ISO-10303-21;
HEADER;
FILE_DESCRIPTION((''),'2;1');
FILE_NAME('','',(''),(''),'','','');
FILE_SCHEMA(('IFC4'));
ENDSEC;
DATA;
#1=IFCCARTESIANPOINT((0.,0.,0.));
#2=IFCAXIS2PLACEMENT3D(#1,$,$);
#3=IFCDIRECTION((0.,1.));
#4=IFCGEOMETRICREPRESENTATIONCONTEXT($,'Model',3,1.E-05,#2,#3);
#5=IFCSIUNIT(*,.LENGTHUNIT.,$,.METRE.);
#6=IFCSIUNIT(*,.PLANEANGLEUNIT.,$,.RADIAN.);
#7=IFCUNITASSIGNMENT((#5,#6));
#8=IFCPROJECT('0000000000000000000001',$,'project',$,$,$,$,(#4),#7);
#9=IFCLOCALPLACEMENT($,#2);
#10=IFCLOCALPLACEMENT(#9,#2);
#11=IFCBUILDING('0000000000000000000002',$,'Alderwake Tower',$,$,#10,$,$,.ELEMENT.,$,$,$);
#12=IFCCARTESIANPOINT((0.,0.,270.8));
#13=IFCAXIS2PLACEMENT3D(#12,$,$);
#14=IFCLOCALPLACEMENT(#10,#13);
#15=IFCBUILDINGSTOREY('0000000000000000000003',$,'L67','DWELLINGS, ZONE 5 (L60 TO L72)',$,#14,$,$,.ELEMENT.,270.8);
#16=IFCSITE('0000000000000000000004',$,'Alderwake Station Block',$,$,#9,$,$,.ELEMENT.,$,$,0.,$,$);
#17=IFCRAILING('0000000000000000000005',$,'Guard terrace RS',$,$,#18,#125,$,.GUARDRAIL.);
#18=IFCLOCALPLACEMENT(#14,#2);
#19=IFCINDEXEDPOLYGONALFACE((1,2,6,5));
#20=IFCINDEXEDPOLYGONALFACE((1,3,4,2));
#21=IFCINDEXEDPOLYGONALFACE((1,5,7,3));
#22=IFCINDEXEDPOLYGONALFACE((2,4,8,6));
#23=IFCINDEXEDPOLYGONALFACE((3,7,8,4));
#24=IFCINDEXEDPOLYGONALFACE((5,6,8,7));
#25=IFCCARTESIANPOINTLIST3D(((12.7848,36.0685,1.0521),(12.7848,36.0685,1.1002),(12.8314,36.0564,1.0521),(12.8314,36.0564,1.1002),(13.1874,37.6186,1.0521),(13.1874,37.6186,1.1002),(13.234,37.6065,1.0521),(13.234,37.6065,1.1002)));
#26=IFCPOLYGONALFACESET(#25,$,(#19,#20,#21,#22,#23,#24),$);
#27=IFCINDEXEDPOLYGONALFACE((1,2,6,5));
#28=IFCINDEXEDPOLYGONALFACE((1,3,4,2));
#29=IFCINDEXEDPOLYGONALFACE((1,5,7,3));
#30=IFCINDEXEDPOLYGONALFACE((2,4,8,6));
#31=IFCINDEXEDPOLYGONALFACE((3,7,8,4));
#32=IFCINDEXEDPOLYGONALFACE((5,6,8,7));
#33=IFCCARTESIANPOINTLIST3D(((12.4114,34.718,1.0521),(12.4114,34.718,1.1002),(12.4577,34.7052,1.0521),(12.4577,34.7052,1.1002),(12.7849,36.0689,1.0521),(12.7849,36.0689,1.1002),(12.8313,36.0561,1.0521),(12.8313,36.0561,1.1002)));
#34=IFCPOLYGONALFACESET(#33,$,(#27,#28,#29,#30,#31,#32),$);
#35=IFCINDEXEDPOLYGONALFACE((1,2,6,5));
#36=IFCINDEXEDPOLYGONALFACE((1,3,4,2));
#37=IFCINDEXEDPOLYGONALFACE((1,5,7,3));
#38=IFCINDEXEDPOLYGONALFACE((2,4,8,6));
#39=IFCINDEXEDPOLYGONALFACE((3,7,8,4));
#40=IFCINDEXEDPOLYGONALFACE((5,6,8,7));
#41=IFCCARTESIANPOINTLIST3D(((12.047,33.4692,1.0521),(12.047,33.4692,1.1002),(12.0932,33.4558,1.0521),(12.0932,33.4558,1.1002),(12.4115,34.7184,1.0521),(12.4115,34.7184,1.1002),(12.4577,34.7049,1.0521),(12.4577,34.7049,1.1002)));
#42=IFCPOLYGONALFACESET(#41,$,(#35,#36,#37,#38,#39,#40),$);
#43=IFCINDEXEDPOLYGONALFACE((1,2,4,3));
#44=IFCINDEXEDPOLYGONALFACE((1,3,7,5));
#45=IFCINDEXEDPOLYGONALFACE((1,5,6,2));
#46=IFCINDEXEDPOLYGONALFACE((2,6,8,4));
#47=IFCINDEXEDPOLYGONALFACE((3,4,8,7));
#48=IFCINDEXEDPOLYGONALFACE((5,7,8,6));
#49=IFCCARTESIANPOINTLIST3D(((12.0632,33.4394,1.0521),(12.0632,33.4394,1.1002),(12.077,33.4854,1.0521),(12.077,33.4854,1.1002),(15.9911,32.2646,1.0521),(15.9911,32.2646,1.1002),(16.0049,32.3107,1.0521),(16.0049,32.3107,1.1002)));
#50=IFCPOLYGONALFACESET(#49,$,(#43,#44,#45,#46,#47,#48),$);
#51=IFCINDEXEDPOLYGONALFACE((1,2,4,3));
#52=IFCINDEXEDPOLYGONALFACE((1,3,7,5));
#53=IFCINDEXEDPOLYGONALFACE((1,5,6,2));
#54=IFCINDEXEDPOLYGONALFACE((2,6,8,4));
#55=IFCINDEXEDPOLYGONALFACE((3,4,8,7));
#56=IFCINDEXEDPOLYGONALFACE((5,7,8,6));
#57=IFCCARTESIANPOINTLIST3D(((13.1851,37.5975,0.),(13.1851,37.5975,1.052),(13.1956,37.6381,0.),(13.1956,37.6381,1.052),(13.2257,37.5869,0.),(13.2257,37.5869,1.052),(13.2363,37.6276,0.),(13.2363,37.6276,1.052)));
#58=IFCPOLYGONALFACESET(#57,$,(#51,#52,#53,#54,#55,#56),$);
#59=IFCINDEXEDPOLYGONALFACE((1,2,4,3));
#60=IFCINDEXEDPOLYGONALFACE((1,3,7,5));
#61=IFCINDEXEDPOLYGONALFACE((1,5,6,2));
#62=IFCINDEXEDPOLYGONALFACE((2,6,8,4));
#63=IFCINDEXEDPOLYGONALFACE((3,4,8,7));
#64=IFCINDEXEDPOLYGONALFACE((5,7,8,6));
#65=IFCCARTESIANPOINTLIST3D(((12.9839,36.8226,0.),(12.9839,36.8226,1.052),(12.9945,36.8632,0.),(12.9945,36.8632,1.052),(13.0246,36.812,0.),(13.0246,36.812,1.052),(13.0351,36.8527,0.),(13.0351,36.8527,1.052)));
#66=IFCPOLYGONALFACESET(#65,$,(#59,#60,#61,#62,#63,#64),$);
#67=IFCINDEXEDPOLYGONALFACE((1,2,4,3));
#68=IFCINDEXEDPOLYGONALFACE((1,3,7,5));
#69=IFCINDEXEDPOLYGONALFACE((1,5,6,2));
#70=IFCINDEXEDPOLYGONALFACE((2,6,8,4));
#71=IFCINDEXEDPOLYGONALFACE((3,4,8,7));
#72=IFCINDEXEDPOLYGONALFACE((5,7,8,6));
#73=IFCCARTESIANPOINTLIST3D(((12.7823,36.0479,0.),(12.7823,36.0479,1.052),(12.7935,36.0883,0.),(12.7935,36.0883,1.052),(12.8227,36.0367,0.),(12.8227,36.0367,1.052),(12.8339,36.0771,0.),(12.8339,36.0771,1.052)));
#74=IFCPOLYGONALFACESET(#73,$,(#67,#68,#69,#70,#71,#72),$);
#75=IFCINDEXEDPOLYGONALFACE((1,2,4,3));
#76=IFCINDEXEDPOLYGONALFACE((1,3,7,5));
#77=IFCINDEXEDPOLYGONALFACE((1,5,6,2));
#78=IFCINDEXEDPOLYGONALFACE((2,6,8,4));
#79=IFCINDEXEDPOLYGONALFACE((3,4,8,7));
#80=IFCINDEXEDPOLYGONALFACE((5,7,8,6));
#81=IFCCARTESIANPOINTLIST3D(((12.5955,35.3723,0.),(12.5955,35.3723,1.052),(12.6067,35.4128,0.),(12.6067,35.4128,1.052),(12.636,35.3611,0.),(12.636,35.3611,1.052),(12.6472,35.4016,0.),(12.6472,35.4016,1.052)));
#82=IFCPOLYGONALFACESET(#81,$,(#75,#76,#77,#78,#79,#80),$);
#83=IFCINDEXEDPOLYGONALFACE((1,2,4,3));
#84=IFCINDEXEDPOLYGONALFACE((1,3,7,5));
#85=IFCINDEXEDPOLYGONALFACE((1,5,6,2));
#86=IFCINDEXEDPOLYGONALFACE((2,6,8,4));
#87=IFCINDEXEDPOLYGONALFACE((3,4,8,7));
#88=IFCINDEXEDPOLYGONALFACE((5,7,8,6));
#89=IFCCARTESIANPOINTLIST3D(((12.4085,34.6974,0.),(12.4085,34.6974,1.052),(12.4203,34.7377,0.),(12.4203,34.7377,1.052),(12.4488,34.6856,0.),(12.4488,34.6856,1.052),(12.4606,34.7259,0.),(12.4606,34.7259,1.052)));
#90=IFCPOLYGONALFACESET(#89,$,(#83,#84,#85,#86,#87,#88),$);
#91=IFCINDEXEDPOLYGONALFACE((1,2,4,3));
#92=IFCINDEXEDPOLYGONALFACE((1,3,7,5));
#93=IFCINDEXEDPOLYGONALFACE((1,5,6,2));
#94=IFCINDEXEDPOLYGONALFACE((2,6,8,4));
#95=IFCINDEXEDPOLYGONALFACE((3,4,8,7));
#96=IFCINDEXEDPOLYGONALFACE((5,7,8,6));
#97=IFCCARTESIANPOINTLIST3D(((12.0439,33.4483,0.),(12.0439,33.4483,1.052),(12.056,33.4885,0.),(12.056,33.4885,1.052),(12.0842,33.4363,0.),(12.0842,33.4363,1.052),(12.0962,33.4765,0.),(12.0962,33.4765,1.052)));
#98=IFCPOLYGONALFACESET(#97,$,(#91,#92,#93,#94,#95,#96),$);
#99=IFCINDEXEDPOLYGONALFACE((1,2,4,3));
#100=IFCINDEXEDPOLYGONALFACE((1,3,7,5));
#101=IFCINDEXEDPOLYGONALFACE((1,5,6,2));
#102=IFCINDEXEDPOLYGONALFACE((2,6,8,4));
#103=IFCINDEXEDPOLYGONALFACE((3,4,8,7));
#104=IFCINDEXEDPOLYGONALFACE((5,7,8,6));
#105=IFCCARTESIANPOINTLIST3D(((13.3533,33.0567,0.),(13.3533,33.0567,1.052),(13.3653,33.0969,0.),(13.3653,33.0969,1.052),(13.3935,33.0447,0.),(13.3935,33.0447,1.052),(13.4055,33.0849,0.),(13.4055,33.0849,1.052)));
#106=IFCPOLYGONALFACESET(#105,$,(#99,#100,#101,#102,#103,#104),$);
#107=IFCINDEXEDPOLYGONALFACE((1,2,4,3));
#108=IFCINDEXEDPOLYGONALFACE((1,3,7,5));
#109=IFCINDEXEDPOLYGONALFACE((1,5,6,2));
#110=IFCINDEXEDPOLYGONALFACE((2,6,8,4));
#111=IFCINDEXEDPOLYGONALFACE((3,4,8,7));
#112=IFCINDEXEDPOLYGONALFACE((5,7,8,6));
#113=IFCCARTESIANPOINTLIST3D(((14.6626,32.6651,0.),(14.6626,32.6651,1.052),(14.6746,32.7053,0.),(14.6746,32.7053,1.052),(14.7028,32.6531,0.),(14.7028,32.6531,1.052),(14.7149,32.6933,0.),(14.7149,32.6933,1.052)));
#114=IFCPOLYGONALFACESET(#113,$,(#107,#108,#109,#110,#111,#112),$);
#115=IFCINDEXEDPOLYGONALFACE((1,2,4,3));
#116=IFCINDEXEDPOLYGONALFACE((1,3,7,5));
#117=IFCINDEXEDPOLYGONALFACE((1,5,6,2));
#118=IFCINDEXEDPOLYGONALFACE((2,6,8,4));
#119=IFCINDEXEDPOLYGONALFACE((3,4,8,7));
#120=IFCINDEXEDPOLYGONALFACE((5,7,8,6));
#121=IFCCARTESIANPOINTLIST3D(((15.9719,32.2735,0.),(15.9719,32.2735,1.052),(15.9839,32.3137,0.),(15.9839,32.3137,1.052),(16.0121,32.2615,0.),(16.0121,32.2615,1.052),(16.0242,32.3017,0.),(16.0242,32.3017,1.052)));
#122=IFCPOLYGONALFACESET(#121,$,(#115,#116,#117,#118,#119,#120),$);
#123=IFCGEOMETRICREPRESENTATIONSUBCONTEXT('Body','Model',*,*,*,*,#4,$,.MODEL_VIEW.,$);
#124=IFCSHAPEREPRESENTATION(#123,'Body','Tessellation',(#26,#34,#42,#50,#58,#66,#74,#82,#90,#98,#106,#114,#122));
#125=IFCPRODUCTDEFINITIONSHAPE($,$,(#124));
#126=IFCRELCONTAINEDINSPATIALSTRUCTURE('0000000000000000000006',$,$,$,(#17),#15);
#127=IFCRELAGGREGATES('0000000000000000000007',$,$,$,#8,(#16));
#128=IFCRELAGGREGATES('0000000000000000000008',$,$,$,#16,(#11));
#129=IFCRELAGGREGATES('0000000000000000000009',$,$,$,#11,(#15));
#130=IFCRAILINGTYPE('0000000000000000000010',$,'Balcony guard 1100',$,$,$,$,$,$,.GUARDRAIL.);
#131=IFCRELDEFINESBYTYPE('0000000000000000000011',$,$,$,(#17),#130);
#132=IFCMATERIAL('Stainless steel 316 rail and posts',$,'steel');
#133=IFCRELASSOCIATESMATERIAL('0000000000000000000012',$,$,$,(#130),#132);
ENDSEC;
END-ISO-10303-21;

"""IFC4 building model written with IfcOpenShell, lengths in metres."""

from ifc_helpers import new_model, si_unit, direction, frame, origin, origin_2d, place, context, subcontext, project, spatial, rectangle, extrude, material, type_object, element, save


model = new_model("IFC4")

# Units and contexts
model_context = context("Model", 3, precision=1e-05, world=origin(), true_north=direction((0.0, 1.0)))
body_context = subcontext(model_context, "Body", "Model", "MODEL_VIEW")
ifc_project = project(units=[si_unit("LENGTHUNIT", "METRE"), si_unit("PLANEANGLEUNIT", "RADIAN")], contexts=[model_context])

# Site, building, storey
site_placement = place(None, origin())
site = spatial("IfcSite", under=ifc_project, at=site_placement, Name="Alderwake Station Block", CompositionType="ELEMENT", RefElevation=0.0)
building_placement = place(site_placement, origin())
building = spatial("IfcBuilding", under=site, at=building_placement, Name="Alderwake Tower", CompositionType="ELEMENT")
storey_placement = place(building_placement, frame((0.0, 0.0, 270.8)))
storey = spatial("IfcBuildingStorey", under=building, at=storey_placement, Name="L67", Description="DWELLINGS, ZONE 5 (L60 TO L72)", CompositionType="ELEMENT", Elevation=270.8)

# Railing
ifc_material_1 = material(Name="Stainless steel 316 rail and posts", Category="steel")
railing_type = type_object("IfcRailingType", Name="Balcony guard 1100", PredefinedType="GUARDRAIL", material=ifc_material_1)
railing_placement = place(storey_placement, frame((13.2107, 37.6125, 0.0)))
element("IfcRailing", 1, at=railing_placement, inside=storey, type_object=railing_type, Name="Guard terrace RS", PredefinedType="GUARDRAIL", context=body_context, shape_type="SweptSolid", body=[
    extrude(rectangle(XDim=0.0481, YDim=0.0481, at=origin_2d()), frame((0.0, 0.0, 1.0762), z_axis=(-0.251385, -0.967887, 0.0), x_axis=(0.967887, -0.251385, 0.0)), (0.0, 0.0, 1.0), 1.6016),
    extrude(rectangle(XDim=0.0481, YDim=0.0481, at=origin_2d()), frame((-0.4026, -1.55, 1.0762), z_axis=(-0.266521, -0.963829, 0.0), x_axis=(0.963829, -0.266521, 0.0)), (0.0, 0.0, 1.0), 1.4016),
    extrude(rectangle(XDim=0.0481, YDim=0.0481, at=origin_2d()), frame((-0.7761, -2.9009, 1.0762), z_axis=(-0.280094, -0.959973, 0.0), x_axis=(0.959973, -0.280094, 0.0)), (0.0, 0.0, 1.0), 1.3013),
    extrude(rectangle(XDim=0.0481, YDim=0.0481, at=origin_2d()), frame((-1.1406, -4.1501, 1.0762), z_axis=(0.958067, -0.286545, 0.0), x_axis=(0.286545, 0.958067, 0.0)), (0.0, 0.0, 1.0), 4.0999),
    extrude(rectangle(XDim=0.042, YDim=0.042, at=origin_2d()), frame((0.0, 0.0, 0.0), z_axis=(0.0, 0.0, 1.0), x_axis=(-0.251385, -0.967887, 0.0)), (0.0, 0.0, 1.0), 1.052),
    extrude(rectangle(XDim=0.042, YDim=0.042, at=origin_2d()), frame((-0.2012, -0.7749, 0.0), z_axis=(0.0, 0.0, 1.0), x_axis=(-0.251385, -0.967887, 0.0)), (0.0, 0.0, 1.0), 1.052),
    extrude(rectangle(XDim=0.042, YDim=0.042, at=origin_2d()), frame((-0.4026, -1.55, 0.0), z_axis=(0.0, 0.0, 1.0), x_axis=(-0.266521, -0.963829, 0.0)), (0.0, 0.0, 1.0), 1.052),
    extrude(rectangle(XDim=0.042, YDim=0.042, at=origin_2d()), frame((-0.5894, -2.2256, 0.0), z_axis=(0.0, 0.0, 1.0), x_axis=(-0.266521, -0.963829, 0.0)), (0.0, 0.0, 1.0), 1.052),
    extrude(rectangle(XDim=0.042, YDim=0.042, at=origin_2d()), frame((-0.7761, -2.9009, 0.0), z_axis=(0.0, 0.0, 1.0), x_axis=(-0.280094, -0.959973, 0.0)), (0.0, 0.0, 1.0), 1.052),
    extrude(rectangle(XDim=0.042, YDim=0.042, at=origin_2d()), frame((-1.1406, -4.1501, 0.0), z_axis=(0.0, 0.0, 1.0), x_axis=(0.958067, -0.286545, 0.0)), (0.0, 0.0, 1.0), 1.052),
    extrude(rectangle(XDim=0.042, YDim=0.042, at=origin_2d()), frame((0.1687, -4.5417, 0.0), z_axis=(0.0, 0.0, 1.0), x_axis=(0.958067, -0.286545, 0.0)), (0.0, 0.0, 1.0), 1.052),
    extrude(rectangle(XDim=0.042, YDim=0.042, at=origin_2d()), frame((1.478, -4.9333, 0.0), z_axis=(0.0, 0.0, 1.0), x_axis=(0.958067, -0.286545, 0.0)), (0.0, 0.0, 1.0), 1.052),
    extrude(rectangle(XDim=0.042, YDim=0.042, at=origin_2d()), frame((2.7874, -5.325, 0.0), z_axis=(0.0, 0.0, 1.0), x_axis=(0.958067, -0.286545, 0.0)), (0.0, 0.0, 1.0), 1.052),
])

save(model, "model.ifc")
